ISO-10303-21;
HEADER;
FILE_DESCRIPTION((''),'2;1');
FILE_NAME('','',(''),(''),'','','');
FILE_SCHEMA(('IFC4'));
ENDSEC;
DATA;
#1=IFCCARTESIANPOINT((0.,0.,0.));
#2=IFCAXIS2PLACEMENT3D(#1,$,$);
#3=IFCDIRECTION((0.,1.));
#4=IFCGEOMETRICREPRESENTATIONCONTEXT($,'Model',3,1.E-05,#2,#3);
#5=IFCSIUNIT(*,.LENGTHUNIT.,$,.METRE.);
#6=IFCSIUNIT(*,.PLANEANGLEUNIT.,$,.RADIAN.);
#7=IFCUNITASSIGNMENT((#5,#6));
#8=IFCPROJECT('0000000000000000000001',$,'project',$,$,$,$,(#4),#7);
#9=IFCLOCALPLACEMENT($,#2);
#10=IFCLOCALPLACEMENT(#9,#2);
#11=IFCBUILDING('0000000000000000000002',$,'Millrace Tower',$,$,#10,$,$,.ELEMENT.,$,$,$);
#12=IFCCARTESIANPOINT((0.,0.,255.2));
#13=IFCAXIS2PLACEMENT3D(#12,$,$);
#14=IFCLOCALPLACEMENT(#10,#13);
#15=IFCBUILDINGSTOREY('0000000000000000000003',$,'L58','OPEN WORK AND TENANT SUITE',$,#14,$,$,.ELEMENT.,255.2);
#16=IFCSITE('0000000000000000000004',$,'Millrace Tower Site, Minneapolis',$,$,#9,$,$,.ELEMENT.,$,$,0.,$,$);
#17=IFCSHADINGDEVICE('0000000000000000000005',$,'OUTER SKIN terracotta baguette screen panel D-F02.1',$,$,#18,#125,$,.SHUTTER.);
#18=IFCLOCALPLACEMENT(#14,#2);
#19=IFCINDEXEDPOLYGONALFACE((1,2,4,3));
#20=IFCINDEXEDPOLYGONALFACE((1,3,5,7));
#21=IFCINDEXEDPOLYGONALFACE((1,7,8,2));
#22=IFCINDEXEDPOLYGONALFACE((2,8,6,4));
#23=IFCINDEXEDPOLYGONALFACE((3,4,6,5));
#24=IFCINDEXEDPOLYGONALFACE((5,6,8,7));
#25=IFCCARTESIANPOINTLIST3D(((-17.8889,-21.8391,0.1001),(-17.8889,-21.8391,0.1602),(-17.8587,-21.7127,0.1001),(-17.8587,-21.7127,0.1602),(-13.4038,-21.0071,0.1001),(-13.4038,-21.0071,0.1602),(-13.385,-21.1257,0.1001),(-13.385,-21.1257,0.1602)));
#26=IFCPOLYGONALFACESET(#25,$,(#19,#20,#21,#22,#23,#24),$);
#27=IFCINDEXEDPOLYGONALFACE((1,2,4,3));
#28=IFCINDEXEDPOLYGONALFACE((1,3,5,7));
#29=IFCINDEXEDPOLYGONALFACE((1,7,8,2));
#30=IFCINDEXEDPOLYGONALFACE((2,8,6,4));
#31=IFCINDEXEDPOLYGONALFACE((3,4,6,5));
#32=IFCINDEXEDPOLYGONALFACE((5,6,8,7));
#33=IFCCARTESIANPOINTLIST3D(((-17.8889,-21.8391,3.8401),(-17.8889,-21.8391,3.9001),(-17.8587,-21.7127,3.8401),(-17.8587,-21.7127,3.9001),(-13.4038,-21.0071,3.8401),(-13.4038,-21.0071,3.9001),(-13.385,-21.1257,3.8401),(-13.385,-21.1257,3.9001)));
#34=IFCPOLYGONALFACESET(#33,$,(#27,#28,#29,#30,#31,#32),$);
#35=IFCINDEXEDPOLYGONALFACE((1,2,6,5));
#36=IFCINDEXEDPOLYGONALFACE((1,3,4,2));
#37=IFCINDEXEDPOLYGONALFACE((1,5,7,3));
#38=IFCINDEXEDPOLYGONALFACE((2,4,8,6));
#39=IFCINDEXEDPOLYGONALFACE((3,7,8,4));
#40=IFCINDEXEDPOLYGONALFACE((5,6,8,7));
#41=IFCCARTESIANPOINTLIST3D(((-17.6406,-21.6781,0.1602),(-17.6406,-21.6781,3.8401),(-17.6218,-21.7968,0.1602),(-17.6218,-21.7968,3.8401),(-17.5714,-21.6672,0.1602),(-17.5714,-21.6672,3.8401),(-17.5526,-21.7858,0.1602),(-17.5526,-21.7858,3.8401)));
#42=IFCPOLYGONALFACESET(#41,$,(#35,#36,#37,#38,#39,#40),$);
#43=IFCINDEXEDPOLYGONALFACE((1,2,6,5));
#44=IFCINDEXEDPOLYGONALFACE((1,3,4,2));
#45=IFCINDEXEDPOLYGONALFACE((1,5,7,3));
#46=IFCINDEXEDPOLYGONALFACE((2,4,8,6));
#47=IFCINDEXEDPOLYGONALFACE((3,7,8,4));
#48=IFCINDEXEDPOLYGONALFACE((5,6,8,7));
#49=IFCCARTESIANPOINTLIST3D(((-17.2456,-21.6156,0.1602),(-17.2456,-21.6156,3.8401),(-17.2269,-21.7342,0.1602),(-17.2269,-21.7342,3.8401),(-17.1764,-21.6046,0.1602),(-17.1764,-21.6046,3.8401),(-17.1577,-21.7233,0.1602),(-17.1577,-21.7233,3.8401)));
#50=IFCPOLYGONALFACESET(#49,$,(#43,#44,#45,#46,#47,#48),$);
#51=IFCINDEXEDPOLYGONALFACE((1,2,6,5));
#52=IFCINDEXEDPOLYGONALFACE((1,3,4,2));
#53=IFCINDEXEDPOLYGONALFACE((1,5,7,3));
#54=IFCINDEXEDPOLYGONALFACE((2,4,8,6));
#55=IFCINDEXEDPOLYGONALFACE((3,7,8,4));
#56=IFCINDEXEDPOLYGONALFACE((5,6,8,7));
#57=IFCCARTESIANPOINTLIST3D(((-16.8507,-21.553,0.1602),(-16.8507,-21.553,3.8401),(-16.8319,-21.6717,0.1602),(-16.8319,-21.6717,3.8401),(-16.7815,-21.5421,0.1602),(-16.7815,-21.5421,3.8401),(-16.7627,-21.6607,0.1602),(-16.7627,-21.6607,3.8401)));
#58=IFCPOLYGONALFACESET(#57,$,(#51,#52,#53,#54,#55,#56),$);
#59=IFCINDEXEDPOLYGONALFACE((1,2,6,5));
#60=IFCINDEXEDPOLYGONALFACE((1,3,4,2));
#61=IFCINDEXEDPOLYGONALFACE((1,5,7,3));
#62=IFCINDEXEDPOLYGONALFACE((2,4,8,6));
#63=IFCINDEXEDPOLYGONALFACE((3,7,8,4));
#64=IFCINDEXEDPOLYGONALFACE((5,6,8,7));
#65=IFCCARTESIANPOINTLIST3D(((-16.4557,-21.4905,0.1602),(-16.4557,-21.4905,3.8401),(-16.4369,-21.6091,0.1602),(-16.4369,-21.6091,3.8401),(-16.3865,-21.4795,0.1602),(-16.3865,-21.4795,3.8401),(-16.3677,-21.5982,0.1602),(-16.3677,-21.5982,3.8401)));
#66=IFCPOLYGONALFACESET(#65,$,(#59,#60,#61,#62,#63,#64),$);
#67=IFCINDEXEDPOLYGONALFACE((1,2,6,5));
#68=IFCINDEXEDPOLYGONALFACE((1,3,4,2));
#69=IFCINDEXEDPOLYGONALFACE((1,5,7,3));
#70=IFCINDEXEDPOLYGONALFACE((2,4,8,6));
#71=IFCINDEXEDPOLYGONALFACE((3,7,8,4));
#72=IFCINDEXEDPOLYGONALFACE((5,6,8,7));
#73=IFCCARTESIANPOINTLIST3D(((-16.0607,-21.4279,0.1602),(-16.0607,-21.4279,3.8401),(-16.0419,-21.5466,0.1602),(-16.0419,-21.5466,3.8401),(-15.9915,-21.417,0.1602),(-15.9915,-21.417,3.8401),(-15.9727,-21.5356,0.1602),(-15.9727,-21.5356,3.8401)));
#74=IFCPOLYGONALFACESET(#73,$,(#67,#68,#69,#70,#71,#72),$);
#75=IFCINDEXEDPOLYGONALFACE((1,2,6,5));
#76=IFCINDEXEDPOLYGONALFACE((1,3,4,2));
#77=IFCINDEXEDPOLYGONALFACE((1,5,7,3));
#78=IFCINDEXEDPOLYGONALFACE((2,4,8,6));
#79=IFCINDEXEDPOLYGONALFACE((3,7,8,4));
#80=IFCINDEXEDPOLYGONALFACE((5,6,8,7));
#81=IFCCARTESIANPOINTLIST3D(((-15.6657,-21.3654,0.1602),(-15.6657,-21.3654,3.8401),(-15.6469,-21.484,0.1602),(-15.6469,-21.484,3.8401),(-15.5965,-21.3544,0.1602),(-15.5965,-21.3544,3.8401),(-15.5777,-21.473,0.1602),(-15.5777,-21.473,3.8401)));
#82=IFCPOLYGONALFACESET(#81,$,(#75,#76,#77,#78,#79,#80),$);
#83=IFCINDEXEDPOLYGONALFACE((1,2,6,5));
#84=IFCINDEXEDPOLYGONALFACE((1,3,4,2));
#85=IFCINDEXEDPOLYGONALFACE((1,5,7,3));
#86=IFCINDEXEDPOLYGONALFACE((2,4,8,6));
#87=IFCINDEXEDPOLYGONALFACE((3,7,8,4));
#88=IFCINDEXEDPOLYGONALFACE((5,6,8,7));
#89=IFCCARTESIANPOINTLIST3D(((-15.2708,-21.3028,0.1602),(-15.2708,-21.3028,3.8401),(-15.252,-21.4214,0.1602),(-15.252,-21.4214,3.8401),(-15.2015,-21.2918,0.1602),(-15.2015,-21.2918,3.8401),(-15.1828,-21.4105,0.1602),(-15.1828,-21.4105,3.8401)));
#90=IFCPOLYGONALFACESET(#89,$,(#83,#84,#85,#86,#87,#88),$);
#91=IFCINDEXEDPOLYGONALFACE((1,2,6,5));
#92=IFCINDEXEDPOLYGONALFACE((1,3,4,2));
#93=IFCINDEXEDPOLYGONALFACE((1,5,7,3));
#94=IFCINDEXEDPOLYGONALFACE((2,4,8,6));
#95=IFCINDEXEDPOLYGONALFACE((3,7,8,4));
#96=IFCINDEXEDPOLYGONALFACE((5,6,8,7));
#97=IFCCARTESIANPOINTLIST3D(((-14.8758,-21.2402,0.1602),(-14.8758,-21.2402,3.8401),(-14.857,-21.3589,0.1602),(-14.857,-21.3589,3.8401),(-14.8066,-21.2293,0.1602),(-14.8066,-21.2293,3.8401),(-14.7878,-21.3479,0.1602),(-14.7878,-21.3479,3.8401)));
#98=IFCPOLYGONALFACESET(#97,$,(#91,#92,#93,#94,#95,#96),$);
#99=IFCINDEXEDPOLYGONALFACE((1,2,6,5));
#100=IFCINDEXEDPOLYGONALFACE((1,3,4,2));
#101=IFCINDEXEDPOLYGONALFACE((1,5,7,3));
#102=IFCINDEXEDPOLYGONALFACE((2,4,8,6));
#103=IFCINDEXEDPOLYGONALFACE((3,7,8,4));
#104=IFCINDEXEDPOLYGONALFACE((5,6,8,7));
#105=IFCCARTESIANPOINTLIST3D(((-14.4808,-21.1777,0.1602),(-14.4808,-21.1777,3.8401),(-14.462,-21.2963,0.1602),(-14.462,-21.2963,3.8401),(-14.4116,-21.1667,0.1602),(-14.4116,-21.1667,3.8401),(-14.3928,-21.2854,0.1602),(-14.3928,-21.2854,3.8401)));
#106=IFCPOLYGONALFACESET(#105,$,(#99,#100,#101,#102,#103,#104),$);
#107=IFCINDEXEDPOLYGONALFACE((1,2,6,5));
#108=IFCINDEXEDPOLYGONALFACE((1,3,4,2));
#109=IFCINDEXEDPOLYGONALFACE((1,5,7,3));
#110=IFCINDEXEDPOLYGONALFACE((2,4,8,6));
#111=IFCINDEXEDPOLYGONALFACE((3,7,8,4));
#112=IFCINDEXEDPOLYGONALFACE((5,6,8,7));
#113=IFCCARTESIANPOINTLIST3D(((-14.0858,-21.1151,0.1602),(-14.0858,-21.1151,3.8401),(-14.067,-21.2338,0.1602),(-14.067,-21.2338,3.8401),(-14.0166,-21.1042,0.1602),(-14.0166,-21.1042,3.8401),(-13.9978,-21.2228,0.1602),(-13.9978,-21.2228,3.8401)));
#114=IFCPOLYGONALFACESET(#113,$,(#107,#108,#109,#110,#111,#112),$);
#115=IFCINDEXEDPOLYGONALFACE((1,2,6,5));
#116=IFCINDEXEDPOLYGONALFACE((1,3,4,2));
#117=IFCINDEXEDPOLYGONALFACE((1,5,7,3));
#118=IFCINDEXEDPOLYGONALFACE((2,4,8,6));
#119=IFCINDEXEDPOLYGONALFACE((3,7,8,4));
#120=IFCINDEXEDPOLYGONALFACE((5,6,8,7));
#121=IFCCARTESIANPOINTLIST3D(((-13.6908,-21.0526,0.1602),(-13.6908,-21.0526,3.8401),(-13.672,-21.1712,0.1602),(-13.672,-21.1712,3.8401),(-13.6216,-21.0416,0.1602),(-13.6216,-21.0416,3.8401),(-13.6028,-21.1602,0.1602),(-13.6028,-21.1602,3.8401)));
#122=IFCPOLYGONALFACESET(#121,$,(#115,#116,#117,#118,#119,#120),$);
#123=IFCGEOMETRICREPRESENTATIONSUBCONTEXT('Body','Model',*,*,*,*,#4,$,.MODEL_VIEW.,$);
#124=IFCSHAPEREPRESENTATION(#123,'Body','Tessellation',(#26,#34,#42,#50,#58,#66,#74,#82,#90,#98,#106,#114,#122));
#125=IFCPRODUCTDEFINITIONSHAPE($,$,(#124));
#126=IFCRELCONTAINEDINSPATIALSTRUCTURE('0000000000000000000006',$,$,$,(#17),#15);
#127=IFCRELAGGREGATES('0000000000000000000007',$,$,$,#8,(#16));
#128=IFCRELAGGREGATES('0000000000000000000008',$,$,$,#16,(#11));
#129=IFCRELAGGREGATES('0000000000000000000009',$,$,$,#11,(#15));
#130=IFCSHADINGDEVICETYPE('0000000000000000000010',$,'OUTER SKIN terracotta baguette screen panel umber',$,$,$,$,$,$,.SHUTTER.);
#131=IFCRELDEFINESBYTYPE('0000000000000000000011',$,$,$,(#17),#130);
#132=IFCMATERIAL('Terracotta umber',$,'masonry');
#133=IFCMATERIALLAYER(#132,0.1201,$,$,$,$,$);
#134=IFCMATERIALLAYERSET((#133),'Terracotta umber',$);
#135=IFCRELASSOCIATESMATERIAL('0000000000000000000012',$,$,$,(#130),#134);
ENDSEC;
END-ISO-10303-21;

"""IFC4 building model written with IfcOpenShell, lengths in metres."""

from ifc_helpers import new_model, entity, si_unit, direction, frame, frame_2d, origin, place, context, subcontext, project, spatial, rectangle, extrude, source, transform, mapped, material, layer, layer_set, type_object, element, save


model = new_model("IFC4")

# Units and contexts
model_context = context("Model", 3, precision=1e-05, world=origin(), true_north=direction((0.0, 1.0)))
body_context = subcontext(model_context, "Body", "Model", "MODEL_VIEW")
ifc_project = project(units=[si_unit("LENGTHUNIT", "METRE"), si_unit("PLANEANGLEUNIT", "RADIAN")], contexts=[model_context])

# Site, building, storey
site_placement = place(None, origin())
site = spatial("IfcSite", under=ifc_project, at=site_placement, Name="Millrace Tower Site, Minneapolis", CompositionType="ELEMENT", RefElevation=0.0)
building_placement = place(site_placement, origin())
building = spatial("IfcBuilding", under=site, at=building_placement, Name="Millrace Tower", CompositionType="ELEMENT")
storey_placement = place(building_placement, frame((0.0, 0.0, 255.2)))
storey = spatial("IfcBuildingStorey", under=building, at=storey_placement, Name="L58", Description="OPEN WORK AND TENANT SUITE", CompositionType="ELEMENT", Elevation=255.2)

# Shading device
ifc_material_1 = material(Name="Terracotta umber", Category="masonry")
ifc_layer_1 = layer(ifc_material_1, 0.1201)
ifc_layer_set_1 = layer_set([ifc_layer_1], Name="Terracotta umber")
shading_device_type = type_object("IfcShadingDeviceType", Name="OUTER SKIN terracotta baguette screen panel umber", PredefinedType="SHUTTER", material=ifc_layer_set_1)
cartesian_point_1 = entity("IfcCartesianPoint", [-2.2429, 0.0601])
shared_polyline_1 = entity("IfcPolyline", [cartesian_point_1, entity("IfcCartesianPoint", [2.2676, 0.0601]), entity("IfcCartesianPoint", [2.2676, -0.0601]), entity("IfcCartesianPoint", [-2.2925, -0.0601]), cartesian_point_1])
shared_shape_1 = source(origin(), body_context, "Body", "SweptSolid", [
    entity("IfcExtrudedAreaSolid", entity("IfcArbitraryClosedProfileDef", "AREA", None, shared_polyline_1), entity("IfcAxis2Placement3D", entity("IfcCartesianPoint", [0.0, 0.0, 0.0])), entity("IfcDirection", [0.0, 0.0, 1.0]), 0.0601),
    entity("IfcExtrudedAreaSolid", entity("IfcArbitraryClosedProfileDef", "AREA", None, shared_polyline_1), entity("IfcAxis2Placement3D", entity("IfcCartesianPoint", [0.0, 0.0, 3.74])), entity("IfcDirection", [0.0, 0.0, 1.0]), 0.0601),
    extrude(rectangle(XDim=0.0701, YDim=0.1201, at=frame_2d((-1.9871, 0.0))), frame((0.0, 0.0, 0.0601)), (0.0, 0.0, 1.0), 3.6799),
    extrude(rectangle(XDim=0.0701, YDim=0.1201, at=frame_2d((-1.5872, 0.0))), frame((0.0, 0.0, 0.0601)), (0.0, 0.0, 1.0), 3.6799),
    extrude(rectangle(XDim=0.0701, YDim=0.1201, at=frame_2d((-1.1873, 0.0))), frame((0.0, 0.0, 0.0601)), (0.0, 0.0, 1.0), 3.6799),
    extrude(rectangle(XDim=0.0701, YDim=0.1201, at=frame_2d((-0.7874, 0.0))), frame((0.0, 0.0, 0.0601)), (0.0, 0.0, 1.0), 3.6799),
    extrude(rectangle(XDim=0.0701, YDim=0.1201, at=frame_2d((-0.3875, 0.0))), frame((0.0, 0.0, 0.0601)), (0.0, 0.0, 1.0), 3.6799),
    extrude(rectangle(XDim=0.0701, YDim=0.1201, at=frame_2d((0.0125, 0.0))), frame((0.0, 0.0, 0.0601)), (0.0, 0.0, 1.0), 3.6799),
    extrude(rectangle(XDim=0.0701, YDim=0.1201, at=frame_2d((0.4124, 0.0))), frame((0.0, 0.0, 0.0601)), (0.0, 0.0, 1.0), 3.6799),
    extrude(rectangle(XDim=0.0701, YDim=0.1201, at=frame_2d((0.8123, 0.0))), frame((0.0, 0.0, 0.0601)), (0.0, 0.0, 1.0), 3.6799),
    extrude(rectangle(XDim=0.0701, YDim=0.1201, at=frame_2d((1.2122, 0.0))), frame((0.0, 0.0, 0.0601)), (0.0, 0.0, 1.0), 3.6799),
    extrude(rectangle(XDim=0.0701, YDim=0.1201, at=frame_2d((1.6121, 0.0))), frame((0.0, 0.0, 0.0601)), (0.0, 0.0, 1.0), 3.6799),
    extrude(rectangle(XDim=0.0701, YDim=0.1201, at=frame_2d((2.012, 0.0))), frame((0.0, 0.0, 0.0601)), (0.0, 0.0, 1.0), 3.6799),
])
shading_device_1_placement = place(storey_placement, frame((-15.634, -21.4211, 0.1001), z_axis=(0.0, 0.0, 1.0), x_axis=(0.987688, 0.156434, 0.0)))
element("IfcShadingDevice", 1, at=shading_device_1_placement, inside=storey, type_object=shading_device_type, Name="OUTER SKIN terracotta baguette screen panel D-F02.1", PredefinedType="SHUTTER", context=body_context, shape_type="MappedRepresentation", body=[
    mapped(shared_shape_1, transform((0.0, 0.0, 0.0), scale=1.0)),
])

save(model, "model.ifc")
